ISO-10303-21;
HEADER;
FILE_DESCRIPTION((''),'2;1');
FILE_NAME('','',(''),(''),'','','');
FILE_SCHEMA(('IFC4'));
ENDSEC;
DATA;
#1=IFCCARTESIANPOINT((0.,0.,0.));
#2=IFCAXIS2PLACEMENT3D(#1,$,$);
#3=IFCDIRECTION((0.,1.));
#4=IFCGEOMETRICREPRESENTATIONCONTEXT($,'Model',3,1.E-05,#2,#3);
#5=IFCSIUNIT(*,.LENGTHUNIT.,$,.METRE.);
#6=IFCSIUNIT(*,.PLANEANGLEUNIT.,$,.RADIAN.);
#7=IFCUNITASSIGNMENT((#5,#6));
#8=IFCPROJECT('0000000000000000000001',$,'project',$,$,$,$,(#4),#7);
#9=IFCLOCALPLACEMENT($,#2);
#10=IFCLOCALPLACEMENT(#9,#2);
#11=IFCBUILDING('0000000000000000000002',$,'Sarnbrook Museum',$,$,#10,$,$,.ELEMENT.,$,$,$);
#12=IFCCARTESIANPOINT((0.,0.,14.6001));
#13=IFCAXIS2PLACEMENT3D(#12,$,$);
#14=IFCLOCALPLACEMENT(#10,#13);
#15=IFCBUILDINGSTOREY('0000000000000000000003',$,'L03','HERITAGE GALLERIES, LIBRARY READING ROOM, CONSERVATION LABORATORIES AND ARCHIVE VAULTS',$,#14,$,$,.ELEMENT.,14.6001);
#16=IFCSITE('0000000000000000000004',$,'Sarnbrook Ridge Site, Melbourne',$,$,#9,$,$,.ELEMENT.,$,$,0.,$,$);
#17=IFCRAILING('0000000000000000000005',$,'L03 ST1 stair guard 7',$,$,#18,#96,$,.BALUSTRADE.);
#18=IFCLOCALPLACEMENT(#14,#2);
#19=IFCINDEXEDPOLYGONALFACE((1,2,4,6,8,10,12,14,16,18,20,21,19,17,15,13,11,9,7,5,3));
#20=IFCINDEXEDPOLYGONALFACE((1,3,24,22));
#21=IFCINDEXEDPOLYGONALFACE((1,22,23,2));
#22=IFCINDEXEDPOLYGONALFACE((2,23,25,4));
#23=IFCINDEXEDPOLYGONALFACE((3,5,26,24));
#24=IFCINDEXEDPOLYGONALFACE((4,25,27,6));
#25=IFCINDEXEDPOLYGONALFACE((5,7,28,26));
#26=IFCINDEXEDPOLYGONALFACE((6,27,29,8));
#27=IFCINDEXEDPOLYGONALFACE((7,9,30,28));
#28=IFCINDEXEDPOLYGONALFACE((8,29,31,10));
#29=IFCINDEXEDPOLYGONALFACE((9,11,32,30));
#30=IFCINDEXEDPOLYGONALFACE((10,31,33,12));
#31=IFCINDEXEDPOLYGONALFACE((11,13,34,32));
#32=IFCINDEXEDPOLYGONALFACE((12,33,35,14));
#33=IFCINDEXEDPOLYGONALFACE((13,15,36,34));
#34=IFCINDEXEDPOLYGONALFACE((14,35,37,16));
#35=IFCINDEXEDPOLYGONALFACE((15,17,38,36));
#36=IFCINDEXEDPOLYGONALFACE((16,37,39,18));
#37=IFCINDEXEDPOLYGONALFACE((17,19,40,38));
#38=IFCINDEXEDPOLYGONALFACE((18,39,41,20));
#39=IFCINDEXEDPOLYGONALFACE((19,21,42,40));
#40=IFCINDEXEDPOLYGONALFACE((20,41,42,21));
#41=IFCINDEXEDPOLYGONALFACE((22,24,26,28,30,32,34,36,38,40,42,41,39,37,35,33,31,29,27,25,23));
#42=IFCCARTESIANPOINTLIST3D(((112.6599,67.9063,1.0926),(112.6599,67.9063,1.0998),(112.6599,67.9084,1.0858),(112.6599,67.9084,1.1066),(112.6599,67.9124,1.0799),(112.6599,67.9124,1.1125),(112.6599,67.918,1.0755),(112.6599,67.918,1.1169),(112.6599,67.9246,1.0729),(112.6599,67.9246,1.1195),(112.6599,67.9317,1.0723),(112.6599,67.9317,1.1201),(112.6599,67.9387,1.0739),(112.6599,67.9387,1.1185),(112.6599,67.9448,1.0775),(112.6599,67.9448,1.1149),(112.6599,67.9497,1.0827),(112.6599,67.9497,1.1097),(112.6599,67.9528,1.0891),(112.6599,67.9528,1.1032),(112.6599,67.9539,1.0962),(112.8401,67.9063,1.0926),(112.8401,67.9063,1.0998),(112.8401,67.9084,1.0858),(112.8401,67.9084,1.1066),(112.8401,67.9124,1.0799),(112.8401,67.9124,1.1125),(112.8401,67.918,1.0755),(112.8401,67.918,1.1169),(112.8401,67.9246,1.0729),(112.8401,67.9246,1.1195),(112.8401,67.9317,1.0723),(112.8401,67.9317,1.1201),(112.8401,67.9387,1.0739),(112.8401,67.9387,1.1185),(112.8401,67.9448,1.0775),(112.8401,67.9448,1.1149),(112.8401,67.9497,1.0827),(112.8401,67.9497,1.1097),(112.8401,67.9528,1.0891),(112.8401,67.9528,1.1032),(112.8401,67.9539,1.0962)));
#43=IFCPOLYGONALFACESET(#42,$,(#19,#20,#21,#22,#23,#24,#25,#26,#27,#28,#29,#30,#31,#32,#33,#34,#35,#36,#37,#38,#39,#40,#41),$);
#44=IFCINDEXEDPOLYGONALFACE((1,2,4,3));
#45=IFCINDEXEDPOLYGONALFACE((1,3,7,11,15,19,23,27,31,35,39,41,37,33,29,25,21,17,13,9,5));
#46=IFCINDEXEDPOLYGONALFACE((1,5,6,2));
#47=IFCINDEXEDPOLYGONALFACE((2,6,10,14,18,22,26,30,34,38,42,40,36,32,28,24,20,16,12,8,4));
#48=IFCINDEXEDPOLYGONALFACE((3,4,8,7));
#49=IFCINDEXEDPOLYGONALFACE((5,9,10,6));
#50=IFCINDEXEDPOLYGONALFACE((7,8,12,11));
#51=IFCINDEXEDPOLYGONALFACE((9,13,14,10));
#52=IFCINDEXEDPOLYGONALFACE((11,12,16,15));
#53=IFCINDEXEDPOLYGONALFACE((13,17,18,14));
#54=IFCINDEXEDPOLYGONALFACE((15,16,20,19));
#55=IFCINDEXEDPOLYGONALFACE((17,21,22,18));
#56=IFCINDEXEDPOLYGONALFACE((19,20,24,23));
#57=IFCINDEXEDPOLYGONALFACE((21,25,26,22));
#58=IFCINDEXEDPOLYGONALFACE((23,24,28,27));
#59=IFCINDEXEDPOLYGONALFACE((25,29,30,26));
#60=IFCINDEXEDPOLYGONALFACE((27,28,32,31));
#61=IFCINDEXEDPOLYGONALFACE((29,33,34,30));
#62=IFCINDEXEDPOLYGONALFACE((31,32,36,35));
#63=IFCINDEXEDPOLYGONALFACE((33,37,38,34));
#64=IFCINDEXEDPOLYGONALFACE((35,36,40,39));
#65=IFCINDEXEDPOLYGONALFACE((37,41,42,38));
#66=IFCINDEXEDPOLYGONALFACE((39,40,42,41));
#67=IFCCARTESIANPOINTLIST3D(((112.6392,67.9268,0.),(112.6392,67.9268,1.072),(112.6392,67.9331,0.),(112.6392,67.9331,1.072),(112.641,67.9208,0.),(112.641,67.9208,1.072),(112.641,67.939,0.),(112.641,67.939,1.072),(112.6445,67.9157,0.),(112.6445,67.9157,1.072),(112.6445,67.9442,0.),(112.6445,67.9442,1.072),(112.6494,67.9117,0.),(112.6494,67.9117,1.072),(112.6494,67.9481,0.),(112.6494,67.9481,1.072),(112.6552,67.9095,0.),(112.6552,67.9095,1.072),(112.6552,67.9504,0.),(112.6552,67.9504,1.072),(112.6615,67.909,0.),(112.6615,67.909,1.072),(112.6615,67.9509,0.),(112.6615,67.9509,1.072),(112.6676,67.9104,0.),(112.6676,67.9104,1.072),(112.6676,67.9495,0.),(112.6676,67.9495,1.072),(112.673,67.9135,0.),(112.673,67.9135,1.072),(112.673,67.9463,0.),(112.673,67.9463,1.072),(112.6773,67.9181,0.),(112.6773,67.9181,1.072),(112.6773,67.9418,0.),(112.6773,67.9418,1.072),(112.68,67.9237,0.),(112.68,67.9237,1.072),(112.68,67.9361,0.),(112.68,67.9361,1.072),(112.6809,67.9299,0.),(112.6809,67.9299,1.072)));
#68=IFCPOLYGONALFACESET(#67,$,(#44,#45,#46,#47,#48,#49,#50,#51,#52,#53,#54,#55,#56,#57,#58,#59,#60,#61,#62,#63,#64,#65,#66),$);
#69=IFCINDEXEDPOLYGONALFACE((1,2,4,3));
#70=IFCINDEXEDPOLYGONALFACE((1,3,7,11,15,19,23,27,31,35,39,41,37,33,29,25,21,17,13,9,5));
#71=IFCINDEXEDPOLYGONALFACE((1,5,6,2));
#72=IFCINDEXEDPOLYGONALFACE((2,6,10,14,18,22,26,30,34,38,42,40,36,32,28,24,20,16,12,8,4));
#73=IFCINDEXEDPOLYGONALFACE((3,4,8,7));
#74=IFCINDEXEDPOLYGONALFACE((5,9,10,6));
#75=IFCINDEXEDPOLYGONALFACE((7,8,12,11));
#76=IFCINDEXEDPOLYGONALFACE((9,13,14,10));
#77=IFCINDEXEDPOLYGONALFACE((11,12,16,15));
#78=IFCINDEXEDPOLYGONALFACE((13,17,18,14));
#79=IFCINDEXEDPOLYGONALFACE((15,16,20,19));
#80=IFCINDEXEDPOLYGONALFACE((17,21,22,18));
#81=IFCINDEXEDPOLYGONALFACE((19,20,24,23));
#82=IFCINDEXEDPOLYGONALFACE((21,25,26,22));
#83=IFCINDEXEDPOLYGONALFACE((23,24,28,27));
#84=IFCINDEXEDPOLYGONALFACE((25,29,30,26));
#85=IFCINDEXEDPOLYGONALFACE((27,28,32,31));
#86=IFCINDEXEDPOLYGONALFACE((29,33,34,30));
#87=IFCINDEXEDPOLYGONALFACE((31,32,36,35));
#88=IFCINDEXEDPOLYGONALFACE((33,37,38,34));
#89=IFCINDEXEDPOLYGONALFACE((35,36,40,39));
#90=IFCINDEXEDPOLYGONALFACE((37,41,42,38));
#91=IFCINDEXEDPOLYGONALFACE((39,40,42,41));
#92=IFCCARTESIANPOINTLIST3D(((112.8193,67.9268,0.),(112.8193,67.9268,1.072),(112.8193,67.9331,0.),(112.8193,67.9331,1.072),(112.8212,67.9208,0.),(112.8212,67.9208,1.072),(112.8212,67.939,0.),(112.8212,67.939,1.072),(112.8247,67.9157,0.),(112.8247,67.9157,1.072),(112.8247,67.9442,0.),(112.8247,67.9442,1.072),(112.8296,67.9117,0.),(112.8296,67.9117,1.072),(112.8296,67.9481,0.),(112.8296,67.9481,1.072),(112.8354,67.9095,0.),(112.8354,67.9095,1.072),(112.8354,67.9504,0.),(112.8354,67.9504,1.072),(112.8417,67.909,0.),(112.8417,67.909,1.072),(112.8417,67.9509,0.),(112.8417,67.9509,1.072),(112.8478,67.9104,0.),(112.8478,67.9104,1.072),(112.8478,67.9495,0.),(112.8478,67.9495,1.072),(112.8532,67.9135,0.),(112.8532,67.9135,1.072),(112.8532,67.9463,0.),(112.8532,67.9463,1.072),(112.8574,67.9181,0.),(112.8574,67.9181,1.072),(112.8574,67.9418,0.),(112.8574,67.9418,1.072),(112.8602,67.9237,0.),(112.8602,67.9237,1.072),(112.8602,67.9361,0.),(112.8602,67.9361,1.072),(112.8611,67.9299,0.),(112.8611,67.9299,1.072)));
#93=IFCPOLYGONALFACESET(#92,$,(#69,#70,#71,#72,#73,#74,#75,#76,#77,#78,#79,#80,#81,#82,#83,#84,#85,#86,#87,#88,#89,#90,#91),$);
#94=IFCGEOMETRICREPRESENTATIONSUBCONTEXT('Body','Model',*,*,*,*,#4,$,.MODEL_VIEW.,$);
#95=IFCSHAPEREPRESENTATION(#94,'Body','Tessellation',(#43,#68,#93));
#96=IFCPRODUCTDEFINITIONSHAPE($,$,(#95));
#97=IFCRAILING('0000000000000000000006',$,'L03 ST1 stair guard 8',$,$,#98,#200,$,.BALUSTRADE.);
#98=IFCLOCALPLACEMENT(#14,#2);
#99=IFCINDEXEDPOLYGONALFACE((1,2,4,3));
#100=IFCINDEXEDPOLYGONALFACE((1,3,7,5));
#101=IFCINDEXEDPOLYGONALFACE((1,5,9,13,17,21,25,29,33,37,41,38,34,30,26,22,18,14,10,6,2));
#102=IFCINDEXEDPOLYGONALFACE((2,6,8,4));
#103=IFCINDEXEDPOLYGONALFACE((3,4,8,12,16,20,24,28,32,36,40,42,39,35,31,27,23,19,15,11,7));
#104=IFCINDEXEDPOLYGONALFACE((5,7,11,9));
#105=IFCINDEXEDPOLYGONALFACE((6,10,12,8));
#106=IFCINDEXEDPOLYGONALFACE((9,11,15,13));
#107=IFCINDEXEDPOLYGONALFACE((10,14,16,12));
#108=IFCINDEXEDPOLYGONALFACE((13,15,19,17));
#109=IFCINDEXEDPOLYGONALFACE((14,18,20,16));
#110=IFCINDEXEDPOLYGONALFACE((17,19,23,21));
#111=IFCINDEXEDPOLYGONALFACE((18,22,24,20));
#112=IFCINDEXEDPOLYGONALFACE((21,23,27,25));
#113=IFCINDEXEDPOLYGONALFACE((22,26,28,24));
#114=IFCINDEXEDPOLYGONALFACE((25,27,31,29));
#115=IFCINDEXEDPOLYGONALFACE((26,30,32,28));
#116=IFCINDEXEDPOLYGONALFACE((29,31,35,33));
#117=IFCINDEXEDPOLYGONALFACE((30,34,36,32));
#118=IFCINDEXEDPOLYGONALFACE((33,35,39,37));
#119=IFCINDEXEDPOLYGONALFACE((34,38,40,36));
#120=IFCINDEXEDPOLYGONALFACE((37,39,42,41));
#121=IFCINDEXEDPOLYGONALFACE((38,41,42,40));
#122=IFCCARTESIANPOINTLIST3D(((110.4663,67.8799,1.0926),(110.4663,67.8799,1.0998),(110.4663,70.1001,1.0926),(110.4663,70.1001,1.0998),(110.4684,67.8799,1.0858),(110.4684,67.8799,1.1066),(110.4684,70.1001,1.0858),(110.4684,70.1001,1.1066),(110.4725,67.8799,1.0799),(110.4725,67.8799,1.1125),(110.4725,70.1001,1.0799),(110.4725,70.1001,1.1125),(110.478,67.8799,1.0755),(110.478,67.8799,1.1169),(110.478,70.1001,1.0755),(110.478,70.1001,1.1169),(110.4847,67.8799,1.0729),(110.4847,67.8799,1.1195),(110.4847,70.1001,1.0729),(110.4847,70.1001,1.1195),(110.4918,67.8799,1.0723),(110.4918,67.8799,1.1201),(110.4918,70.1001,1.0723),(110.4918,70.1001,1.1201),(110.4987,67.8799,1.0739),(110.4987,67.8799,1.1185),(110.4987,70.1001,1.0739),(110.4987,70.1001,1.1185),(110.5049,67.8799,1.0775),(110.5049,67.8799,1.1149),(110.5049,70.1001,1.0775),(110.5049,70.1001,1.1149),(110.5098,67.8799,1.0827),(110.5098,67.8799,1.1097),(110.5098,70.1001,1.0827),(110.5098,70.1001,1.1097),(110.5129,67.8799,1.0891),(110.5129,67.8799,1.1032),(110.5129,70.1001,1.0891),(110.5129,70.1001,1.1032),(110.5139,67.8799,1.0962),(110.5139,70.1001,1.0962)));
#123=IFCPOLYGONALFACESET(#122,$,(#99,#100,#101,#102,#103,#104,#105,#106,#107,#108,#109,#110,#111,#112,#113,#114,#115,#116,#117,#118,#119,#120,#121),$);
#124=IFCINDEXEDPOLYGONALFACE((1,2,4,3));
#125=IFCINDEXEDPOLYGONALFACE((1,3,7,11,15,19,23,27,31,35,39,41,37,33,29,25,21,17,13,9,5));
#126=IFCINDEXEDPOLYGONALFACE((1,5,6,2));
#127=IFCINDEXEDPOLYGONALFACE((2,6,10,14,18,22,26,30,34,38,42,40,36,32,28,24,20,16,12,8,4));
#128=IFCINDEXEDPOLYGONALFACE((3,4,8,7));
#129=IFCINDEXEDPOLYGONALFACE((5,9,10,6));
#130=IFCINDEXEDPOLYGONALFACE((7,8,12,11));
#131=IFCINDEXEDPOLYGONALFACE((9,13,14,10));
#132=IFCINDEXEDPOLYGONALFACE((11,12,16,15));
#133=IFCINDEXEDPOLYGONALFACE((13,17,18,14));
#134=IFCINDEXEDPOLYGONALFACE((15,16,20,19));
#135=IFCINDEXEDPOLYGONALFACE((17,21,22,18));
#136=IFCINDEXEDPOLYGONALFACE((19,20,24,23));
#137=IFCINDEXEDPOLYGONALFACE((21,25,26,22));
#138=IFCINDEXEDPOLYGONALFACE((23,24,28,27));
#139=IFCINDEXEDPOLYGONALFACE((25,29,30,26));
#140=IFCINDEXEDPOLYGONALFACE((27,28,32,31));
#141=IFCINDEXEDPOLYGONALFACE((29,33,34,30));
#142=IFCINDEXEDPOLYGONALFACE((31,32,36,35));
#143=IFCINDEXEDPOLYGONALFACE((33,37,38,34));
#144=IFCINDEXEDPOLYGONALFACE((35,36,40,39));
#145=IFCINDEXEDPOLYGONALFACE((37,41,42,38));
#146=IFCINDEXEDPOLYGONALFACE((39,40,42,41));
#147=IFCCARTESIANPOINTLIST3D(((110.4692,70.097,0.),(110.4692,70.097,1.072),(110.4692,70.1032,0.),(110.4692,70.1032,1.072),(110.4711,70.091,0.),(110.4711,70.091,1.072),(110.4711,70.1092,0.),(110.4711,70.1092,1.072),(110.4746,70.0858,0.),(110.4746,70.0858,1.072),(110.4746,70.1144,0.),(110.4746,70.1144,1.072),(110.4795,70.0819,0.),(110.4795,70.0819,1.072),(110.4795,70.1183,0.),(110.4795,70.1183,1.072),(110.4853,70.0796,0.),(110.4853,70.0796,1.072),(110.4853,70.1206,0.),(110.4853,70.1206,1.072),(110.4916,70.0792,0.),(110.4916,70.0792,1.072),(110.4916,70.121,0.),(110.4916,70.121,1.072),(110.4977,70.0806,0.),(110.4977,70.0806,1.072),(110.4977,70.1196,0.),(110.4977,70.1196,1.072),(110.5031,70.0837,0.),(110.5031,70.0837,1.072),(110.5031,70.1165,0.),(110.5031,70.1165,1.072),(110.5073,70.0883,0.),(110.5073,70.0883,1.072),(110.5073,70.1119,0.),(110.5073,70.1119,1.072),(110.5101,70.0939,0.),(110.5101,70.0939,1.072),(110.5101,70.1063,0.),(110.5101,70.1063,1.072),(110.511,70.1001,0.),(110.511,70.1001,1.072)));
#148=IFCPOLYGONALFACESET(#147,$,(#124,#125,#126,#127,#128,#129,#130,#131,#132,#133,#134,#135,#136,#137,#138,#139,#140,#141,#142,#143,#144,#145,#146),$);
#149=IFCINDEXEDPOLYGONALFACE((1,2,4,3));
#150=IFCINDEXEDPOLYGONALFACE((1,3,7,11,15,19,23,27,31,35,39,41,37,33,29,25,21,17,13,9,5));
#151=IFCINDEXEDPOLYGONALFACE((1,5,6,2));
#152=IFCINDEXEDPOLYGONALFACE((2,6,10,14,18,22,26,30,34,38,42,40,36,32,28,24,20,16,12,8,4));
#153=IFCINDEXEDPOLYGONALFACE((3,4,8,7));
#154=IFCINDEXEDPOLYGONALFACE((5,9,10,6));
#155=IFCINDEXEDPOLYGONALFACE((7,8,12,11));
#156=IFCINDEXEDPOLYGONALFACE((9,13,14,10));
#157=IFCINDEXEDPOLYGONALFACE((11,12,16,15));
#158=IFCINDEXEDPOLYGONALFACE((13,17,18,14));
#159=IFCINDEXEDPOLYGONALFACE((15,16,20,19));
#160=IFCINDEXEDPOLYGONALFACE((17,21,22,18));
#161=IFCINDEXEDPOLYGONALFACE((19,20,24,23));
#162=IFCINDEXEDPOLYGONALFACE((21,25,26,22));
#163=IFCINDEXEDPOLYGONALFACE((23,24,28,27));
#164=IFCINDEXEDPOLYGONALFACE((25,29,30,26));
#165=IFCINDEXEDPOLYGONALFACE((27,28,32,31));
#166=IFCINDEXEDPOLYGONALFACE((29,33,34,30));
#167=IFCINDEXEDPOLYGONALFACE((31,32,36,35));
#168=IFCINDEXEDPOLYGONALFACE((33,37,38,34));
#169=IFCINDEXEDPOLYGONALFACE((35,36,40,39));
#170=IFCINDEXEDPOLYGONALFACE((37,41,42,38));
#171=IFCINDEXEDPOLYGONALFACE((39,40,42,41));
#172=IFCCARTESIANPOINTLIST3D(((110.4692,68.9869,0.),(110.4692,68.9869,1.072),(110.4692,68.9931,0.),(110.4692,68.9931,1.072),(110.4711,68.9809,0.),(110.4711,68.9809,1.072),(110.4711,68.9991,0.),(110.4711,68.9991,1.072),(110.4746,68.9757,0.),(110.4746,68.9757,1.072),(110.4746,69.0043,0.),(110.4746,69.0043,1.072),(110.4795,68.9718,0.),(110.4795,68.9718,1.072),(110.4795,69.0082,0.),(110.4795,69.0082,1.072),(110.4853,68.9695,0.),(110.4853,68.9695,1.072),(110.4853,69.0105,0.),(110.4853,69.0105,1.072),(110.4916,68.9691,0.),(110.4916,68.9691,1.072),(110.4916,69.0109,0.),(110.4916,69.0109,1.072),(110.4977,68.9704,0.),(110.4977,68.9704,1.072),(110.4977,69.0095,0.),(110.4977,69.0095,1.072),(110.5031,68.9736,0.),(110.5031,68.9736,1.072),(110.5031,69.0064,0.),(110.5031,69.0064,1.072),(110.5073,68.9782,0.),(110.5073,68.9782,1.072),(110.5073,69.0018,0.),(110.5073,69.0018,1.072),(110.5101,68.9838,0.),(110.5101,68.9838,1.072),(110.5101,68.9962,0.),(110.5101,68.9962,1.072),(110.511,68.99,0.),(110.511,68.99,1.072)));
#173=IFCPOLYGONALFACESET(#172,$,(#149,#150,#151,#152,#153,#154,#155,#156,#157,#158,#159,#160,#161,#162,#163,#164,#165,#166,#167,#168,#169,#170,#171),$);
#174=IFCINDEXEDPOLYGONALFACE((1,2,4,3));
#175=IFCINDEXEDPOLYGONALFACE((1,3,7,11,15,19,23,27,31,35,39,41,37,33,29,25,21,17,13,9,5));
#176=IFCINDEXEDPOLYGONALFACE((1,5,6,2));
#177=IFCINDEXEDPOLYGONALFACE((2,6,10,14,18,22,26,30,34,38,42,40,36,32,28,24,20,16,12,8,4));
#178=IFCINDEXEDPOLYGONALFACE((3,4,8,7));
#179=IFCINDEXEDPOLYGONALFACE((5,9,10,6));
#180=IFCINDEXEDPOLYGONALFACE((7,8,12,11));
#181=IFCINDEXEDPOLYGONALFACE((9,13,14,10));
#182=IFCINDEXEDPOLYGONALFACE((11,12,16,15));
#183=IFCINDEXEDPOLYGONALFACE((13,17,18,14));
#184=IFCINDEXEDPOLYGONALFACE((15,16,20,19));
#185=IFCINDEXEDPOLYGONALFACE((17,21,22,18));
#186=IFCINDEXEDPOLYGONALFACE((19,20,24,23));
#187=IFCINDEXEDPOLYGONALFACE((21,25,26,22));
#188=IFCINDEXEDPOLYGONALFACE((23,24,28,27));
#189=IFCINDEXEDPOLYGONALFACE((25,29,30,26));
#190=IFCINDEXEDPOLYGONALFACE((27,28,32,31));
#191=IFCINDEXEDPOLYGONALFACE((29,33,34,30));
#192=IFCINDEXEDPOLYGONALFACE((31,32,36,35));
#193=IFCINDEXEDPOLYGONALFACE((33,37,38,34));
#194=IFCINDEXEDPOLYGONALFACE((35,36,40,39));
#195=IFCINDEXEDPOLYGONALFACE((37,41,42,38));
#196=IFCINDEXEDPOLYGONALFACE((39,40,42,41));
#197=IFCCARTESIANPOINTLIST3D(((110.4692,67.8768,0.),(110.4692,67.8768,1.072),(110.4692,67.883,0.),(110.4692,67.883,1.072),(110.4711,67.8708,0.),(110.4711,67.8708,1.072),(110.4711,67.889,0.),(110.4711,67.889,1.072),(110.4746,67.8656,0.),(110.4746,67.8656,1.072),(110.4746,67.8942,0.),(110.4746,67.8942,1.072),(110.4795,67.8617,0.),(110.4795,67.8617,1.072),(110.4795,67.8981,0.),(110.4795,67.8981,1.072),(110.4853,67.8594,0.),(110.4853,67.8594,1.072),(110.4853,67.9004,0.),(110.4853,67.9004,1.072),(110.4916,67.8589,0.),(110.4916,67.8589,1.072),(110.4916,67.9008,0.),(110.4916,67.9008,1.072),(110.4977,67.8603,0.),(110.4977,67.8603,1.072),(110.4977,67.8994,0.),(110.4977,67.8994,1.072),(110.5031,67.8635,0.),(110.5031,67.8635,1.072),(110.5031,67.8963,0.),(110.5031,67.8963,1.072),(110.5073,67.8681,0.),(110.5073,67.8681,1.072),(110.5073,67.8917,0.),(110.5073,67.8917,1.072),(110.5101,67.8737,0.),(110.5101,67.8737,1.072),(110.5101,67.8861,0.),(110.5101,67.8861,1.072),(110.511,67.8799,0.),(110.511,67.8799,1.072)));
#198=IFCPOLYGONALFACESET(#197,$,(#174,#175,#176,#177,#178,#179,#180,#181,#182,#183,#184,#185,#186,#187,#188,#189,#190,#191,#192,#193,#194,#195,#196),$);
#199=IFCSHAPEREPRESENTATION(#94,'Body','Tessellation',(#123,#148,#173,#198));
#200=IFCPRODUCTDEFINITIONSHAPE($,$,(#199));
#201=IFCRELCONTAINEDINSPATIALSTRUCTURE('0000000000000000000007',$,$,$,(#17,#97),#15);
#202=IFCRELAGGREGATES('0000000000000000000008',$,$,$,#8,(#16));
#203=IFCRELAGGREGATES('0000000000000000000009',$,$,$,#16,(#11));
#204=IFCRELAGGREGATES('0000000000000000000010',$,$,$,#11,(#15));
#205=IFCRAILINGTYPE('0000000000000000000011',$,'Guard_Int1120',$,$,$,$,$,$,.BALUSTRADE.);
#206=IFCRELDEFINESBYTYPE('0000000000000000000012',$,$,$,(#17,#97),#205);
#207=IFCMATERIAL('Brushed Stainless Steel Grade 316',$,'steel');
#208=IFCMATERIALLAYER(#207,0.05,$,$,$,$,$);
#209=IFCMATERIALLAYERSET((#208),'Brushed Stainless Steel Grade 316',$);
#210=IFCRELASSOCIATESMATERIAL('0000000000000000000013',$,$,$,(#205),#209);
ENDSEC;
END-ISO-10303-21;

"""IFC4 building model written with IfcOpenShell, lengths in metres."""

from ifc_helpers import new_model, si_unit, direction, frame, origin, origin_2d, place, context, subcontext, project, spatial, circle, extrude, material, layer, layer_set, type_object, element, save


model = new_model("IFC4")

# Units and contexts
model_context = context("Model", 3, precision=1e-05, world=origin(), true_north=direction((0.0, 1.0)))
body_context = subcontext(model_context, "Body", "Model", "MODEL_VIEW")
ifc_project = project(units=[si_unit("LENGTHUNIT", "METRE"), si_unit("PLANEANGLEUNIT", "RADIAN")], contexts=[model_context])

# Site, building, storey
site_placement = place(None, origin())
site = spatial("IfcSite", under=ifc_project, at=site_placement, Name="Sarnbrook Ridge Site, Melbourne", CompositionType="ELEMENT", RefElevation=0.0)
building_placement = place(site_placement, origin())
building = spatial("IfcBuilding", under=site, at=building_placement, Name="Sarnbrook Museum", CompositionType="ELEMENT")
storey_placement = place(building_placement, frame((0.0, 0.0, 14.6001)))
storey = spatial("IfcBuildingStorey", under=building, at=storey_placement, Name="L03", Description="HERITAGE GALLERIES, LIBRARY READING ROOM, CONSERVATION LABORATORIES AND ARCHIVE VAULTS", CompositionType="ELEMENT", Elevation=14.6001)

# Railings
ifc_material_1 = material(Name="Brushed Stainless Steel Grade 316", Category="steel")
ifc_layer_1 = layer(ifc_material_1, 0.05)
ifc_layer_set_1 = layer_set([ifc_layer_1], Name="Brushed Stainless Steel Grade 316")
railing_type_1 = type_object("IfcRailingType", Name="Guard_Int1120", PredefinedType="BALUSTRADE", material=ifc_layer_set_1)
railing_1_placement = place(storey_placement, frame((112.6599, 67.9299, 0.0)))
element("IfcRailing", 1, at=railing_1_placement, inside=storey, type_object=railing_type_1, Name="L03 ST1 stair guard 7", PredefinedType="BALUSTRADE", context=body_context, shape_type="SweptSolid", body=[
    extrude(circle(Radius=0.0239, at=origin_2d()), frame((0.0, 0.0, 1.0962), z_axis=(1.0, 0.0, 0.0), x_axis=(0.0, 1.0, 0.0)), (0.0, 0.0, 1.0), 0.1802),
    extrude(circle(Radius=0.021, at=origin_2d()), origin(), (0.0, 0.0, 1.0), 1.072),
    extrude(circle(Radius=0.021, at=origin_2d()), frame((0.1802, 0.0, 0.0)), (0.0, 0.0, 1.0), 1.072),
])
for number, where, name in (
    (2, (110.49, 70.1001, 0.0), "L03 ST1 stair guard 8"),
):
    element("IfcRailing", number, at=place(storey_placement, frame(where)), inside=storey, type_object=railing_type_1, Name=name, PredefinedType="BALUSTRADE", context=body_context, shape_type="SweptSolid", body=[
        extrude(circle(Radius=0.0239, at=origin_2d()), frame((0.0, 0.0, 1.0962), z_axis=(0.0, -1.0, 0.0), x_axis=(1.0, 0.0, 0.0)), (0.0, 0.0, 1.0), 2.2202),
        extrude(circle(Radius=0.021, at=origin_2d()), origin(), (0.0, 0.0, 1.0), 1.072),
        extrude(circle(Radius=0.021, at=origin_2d()), frame((0.0, -1.1101, 0.0)), (0.0, 0.0, 1.0), 1.072),
        extrude(circle(Radius=0.021, at=origin_2d()), frame((0.0, -2.2202, 0.0)), (0.0, 0.0, 1.0), 1.072),
    ])

save(model, "model.ifc")
